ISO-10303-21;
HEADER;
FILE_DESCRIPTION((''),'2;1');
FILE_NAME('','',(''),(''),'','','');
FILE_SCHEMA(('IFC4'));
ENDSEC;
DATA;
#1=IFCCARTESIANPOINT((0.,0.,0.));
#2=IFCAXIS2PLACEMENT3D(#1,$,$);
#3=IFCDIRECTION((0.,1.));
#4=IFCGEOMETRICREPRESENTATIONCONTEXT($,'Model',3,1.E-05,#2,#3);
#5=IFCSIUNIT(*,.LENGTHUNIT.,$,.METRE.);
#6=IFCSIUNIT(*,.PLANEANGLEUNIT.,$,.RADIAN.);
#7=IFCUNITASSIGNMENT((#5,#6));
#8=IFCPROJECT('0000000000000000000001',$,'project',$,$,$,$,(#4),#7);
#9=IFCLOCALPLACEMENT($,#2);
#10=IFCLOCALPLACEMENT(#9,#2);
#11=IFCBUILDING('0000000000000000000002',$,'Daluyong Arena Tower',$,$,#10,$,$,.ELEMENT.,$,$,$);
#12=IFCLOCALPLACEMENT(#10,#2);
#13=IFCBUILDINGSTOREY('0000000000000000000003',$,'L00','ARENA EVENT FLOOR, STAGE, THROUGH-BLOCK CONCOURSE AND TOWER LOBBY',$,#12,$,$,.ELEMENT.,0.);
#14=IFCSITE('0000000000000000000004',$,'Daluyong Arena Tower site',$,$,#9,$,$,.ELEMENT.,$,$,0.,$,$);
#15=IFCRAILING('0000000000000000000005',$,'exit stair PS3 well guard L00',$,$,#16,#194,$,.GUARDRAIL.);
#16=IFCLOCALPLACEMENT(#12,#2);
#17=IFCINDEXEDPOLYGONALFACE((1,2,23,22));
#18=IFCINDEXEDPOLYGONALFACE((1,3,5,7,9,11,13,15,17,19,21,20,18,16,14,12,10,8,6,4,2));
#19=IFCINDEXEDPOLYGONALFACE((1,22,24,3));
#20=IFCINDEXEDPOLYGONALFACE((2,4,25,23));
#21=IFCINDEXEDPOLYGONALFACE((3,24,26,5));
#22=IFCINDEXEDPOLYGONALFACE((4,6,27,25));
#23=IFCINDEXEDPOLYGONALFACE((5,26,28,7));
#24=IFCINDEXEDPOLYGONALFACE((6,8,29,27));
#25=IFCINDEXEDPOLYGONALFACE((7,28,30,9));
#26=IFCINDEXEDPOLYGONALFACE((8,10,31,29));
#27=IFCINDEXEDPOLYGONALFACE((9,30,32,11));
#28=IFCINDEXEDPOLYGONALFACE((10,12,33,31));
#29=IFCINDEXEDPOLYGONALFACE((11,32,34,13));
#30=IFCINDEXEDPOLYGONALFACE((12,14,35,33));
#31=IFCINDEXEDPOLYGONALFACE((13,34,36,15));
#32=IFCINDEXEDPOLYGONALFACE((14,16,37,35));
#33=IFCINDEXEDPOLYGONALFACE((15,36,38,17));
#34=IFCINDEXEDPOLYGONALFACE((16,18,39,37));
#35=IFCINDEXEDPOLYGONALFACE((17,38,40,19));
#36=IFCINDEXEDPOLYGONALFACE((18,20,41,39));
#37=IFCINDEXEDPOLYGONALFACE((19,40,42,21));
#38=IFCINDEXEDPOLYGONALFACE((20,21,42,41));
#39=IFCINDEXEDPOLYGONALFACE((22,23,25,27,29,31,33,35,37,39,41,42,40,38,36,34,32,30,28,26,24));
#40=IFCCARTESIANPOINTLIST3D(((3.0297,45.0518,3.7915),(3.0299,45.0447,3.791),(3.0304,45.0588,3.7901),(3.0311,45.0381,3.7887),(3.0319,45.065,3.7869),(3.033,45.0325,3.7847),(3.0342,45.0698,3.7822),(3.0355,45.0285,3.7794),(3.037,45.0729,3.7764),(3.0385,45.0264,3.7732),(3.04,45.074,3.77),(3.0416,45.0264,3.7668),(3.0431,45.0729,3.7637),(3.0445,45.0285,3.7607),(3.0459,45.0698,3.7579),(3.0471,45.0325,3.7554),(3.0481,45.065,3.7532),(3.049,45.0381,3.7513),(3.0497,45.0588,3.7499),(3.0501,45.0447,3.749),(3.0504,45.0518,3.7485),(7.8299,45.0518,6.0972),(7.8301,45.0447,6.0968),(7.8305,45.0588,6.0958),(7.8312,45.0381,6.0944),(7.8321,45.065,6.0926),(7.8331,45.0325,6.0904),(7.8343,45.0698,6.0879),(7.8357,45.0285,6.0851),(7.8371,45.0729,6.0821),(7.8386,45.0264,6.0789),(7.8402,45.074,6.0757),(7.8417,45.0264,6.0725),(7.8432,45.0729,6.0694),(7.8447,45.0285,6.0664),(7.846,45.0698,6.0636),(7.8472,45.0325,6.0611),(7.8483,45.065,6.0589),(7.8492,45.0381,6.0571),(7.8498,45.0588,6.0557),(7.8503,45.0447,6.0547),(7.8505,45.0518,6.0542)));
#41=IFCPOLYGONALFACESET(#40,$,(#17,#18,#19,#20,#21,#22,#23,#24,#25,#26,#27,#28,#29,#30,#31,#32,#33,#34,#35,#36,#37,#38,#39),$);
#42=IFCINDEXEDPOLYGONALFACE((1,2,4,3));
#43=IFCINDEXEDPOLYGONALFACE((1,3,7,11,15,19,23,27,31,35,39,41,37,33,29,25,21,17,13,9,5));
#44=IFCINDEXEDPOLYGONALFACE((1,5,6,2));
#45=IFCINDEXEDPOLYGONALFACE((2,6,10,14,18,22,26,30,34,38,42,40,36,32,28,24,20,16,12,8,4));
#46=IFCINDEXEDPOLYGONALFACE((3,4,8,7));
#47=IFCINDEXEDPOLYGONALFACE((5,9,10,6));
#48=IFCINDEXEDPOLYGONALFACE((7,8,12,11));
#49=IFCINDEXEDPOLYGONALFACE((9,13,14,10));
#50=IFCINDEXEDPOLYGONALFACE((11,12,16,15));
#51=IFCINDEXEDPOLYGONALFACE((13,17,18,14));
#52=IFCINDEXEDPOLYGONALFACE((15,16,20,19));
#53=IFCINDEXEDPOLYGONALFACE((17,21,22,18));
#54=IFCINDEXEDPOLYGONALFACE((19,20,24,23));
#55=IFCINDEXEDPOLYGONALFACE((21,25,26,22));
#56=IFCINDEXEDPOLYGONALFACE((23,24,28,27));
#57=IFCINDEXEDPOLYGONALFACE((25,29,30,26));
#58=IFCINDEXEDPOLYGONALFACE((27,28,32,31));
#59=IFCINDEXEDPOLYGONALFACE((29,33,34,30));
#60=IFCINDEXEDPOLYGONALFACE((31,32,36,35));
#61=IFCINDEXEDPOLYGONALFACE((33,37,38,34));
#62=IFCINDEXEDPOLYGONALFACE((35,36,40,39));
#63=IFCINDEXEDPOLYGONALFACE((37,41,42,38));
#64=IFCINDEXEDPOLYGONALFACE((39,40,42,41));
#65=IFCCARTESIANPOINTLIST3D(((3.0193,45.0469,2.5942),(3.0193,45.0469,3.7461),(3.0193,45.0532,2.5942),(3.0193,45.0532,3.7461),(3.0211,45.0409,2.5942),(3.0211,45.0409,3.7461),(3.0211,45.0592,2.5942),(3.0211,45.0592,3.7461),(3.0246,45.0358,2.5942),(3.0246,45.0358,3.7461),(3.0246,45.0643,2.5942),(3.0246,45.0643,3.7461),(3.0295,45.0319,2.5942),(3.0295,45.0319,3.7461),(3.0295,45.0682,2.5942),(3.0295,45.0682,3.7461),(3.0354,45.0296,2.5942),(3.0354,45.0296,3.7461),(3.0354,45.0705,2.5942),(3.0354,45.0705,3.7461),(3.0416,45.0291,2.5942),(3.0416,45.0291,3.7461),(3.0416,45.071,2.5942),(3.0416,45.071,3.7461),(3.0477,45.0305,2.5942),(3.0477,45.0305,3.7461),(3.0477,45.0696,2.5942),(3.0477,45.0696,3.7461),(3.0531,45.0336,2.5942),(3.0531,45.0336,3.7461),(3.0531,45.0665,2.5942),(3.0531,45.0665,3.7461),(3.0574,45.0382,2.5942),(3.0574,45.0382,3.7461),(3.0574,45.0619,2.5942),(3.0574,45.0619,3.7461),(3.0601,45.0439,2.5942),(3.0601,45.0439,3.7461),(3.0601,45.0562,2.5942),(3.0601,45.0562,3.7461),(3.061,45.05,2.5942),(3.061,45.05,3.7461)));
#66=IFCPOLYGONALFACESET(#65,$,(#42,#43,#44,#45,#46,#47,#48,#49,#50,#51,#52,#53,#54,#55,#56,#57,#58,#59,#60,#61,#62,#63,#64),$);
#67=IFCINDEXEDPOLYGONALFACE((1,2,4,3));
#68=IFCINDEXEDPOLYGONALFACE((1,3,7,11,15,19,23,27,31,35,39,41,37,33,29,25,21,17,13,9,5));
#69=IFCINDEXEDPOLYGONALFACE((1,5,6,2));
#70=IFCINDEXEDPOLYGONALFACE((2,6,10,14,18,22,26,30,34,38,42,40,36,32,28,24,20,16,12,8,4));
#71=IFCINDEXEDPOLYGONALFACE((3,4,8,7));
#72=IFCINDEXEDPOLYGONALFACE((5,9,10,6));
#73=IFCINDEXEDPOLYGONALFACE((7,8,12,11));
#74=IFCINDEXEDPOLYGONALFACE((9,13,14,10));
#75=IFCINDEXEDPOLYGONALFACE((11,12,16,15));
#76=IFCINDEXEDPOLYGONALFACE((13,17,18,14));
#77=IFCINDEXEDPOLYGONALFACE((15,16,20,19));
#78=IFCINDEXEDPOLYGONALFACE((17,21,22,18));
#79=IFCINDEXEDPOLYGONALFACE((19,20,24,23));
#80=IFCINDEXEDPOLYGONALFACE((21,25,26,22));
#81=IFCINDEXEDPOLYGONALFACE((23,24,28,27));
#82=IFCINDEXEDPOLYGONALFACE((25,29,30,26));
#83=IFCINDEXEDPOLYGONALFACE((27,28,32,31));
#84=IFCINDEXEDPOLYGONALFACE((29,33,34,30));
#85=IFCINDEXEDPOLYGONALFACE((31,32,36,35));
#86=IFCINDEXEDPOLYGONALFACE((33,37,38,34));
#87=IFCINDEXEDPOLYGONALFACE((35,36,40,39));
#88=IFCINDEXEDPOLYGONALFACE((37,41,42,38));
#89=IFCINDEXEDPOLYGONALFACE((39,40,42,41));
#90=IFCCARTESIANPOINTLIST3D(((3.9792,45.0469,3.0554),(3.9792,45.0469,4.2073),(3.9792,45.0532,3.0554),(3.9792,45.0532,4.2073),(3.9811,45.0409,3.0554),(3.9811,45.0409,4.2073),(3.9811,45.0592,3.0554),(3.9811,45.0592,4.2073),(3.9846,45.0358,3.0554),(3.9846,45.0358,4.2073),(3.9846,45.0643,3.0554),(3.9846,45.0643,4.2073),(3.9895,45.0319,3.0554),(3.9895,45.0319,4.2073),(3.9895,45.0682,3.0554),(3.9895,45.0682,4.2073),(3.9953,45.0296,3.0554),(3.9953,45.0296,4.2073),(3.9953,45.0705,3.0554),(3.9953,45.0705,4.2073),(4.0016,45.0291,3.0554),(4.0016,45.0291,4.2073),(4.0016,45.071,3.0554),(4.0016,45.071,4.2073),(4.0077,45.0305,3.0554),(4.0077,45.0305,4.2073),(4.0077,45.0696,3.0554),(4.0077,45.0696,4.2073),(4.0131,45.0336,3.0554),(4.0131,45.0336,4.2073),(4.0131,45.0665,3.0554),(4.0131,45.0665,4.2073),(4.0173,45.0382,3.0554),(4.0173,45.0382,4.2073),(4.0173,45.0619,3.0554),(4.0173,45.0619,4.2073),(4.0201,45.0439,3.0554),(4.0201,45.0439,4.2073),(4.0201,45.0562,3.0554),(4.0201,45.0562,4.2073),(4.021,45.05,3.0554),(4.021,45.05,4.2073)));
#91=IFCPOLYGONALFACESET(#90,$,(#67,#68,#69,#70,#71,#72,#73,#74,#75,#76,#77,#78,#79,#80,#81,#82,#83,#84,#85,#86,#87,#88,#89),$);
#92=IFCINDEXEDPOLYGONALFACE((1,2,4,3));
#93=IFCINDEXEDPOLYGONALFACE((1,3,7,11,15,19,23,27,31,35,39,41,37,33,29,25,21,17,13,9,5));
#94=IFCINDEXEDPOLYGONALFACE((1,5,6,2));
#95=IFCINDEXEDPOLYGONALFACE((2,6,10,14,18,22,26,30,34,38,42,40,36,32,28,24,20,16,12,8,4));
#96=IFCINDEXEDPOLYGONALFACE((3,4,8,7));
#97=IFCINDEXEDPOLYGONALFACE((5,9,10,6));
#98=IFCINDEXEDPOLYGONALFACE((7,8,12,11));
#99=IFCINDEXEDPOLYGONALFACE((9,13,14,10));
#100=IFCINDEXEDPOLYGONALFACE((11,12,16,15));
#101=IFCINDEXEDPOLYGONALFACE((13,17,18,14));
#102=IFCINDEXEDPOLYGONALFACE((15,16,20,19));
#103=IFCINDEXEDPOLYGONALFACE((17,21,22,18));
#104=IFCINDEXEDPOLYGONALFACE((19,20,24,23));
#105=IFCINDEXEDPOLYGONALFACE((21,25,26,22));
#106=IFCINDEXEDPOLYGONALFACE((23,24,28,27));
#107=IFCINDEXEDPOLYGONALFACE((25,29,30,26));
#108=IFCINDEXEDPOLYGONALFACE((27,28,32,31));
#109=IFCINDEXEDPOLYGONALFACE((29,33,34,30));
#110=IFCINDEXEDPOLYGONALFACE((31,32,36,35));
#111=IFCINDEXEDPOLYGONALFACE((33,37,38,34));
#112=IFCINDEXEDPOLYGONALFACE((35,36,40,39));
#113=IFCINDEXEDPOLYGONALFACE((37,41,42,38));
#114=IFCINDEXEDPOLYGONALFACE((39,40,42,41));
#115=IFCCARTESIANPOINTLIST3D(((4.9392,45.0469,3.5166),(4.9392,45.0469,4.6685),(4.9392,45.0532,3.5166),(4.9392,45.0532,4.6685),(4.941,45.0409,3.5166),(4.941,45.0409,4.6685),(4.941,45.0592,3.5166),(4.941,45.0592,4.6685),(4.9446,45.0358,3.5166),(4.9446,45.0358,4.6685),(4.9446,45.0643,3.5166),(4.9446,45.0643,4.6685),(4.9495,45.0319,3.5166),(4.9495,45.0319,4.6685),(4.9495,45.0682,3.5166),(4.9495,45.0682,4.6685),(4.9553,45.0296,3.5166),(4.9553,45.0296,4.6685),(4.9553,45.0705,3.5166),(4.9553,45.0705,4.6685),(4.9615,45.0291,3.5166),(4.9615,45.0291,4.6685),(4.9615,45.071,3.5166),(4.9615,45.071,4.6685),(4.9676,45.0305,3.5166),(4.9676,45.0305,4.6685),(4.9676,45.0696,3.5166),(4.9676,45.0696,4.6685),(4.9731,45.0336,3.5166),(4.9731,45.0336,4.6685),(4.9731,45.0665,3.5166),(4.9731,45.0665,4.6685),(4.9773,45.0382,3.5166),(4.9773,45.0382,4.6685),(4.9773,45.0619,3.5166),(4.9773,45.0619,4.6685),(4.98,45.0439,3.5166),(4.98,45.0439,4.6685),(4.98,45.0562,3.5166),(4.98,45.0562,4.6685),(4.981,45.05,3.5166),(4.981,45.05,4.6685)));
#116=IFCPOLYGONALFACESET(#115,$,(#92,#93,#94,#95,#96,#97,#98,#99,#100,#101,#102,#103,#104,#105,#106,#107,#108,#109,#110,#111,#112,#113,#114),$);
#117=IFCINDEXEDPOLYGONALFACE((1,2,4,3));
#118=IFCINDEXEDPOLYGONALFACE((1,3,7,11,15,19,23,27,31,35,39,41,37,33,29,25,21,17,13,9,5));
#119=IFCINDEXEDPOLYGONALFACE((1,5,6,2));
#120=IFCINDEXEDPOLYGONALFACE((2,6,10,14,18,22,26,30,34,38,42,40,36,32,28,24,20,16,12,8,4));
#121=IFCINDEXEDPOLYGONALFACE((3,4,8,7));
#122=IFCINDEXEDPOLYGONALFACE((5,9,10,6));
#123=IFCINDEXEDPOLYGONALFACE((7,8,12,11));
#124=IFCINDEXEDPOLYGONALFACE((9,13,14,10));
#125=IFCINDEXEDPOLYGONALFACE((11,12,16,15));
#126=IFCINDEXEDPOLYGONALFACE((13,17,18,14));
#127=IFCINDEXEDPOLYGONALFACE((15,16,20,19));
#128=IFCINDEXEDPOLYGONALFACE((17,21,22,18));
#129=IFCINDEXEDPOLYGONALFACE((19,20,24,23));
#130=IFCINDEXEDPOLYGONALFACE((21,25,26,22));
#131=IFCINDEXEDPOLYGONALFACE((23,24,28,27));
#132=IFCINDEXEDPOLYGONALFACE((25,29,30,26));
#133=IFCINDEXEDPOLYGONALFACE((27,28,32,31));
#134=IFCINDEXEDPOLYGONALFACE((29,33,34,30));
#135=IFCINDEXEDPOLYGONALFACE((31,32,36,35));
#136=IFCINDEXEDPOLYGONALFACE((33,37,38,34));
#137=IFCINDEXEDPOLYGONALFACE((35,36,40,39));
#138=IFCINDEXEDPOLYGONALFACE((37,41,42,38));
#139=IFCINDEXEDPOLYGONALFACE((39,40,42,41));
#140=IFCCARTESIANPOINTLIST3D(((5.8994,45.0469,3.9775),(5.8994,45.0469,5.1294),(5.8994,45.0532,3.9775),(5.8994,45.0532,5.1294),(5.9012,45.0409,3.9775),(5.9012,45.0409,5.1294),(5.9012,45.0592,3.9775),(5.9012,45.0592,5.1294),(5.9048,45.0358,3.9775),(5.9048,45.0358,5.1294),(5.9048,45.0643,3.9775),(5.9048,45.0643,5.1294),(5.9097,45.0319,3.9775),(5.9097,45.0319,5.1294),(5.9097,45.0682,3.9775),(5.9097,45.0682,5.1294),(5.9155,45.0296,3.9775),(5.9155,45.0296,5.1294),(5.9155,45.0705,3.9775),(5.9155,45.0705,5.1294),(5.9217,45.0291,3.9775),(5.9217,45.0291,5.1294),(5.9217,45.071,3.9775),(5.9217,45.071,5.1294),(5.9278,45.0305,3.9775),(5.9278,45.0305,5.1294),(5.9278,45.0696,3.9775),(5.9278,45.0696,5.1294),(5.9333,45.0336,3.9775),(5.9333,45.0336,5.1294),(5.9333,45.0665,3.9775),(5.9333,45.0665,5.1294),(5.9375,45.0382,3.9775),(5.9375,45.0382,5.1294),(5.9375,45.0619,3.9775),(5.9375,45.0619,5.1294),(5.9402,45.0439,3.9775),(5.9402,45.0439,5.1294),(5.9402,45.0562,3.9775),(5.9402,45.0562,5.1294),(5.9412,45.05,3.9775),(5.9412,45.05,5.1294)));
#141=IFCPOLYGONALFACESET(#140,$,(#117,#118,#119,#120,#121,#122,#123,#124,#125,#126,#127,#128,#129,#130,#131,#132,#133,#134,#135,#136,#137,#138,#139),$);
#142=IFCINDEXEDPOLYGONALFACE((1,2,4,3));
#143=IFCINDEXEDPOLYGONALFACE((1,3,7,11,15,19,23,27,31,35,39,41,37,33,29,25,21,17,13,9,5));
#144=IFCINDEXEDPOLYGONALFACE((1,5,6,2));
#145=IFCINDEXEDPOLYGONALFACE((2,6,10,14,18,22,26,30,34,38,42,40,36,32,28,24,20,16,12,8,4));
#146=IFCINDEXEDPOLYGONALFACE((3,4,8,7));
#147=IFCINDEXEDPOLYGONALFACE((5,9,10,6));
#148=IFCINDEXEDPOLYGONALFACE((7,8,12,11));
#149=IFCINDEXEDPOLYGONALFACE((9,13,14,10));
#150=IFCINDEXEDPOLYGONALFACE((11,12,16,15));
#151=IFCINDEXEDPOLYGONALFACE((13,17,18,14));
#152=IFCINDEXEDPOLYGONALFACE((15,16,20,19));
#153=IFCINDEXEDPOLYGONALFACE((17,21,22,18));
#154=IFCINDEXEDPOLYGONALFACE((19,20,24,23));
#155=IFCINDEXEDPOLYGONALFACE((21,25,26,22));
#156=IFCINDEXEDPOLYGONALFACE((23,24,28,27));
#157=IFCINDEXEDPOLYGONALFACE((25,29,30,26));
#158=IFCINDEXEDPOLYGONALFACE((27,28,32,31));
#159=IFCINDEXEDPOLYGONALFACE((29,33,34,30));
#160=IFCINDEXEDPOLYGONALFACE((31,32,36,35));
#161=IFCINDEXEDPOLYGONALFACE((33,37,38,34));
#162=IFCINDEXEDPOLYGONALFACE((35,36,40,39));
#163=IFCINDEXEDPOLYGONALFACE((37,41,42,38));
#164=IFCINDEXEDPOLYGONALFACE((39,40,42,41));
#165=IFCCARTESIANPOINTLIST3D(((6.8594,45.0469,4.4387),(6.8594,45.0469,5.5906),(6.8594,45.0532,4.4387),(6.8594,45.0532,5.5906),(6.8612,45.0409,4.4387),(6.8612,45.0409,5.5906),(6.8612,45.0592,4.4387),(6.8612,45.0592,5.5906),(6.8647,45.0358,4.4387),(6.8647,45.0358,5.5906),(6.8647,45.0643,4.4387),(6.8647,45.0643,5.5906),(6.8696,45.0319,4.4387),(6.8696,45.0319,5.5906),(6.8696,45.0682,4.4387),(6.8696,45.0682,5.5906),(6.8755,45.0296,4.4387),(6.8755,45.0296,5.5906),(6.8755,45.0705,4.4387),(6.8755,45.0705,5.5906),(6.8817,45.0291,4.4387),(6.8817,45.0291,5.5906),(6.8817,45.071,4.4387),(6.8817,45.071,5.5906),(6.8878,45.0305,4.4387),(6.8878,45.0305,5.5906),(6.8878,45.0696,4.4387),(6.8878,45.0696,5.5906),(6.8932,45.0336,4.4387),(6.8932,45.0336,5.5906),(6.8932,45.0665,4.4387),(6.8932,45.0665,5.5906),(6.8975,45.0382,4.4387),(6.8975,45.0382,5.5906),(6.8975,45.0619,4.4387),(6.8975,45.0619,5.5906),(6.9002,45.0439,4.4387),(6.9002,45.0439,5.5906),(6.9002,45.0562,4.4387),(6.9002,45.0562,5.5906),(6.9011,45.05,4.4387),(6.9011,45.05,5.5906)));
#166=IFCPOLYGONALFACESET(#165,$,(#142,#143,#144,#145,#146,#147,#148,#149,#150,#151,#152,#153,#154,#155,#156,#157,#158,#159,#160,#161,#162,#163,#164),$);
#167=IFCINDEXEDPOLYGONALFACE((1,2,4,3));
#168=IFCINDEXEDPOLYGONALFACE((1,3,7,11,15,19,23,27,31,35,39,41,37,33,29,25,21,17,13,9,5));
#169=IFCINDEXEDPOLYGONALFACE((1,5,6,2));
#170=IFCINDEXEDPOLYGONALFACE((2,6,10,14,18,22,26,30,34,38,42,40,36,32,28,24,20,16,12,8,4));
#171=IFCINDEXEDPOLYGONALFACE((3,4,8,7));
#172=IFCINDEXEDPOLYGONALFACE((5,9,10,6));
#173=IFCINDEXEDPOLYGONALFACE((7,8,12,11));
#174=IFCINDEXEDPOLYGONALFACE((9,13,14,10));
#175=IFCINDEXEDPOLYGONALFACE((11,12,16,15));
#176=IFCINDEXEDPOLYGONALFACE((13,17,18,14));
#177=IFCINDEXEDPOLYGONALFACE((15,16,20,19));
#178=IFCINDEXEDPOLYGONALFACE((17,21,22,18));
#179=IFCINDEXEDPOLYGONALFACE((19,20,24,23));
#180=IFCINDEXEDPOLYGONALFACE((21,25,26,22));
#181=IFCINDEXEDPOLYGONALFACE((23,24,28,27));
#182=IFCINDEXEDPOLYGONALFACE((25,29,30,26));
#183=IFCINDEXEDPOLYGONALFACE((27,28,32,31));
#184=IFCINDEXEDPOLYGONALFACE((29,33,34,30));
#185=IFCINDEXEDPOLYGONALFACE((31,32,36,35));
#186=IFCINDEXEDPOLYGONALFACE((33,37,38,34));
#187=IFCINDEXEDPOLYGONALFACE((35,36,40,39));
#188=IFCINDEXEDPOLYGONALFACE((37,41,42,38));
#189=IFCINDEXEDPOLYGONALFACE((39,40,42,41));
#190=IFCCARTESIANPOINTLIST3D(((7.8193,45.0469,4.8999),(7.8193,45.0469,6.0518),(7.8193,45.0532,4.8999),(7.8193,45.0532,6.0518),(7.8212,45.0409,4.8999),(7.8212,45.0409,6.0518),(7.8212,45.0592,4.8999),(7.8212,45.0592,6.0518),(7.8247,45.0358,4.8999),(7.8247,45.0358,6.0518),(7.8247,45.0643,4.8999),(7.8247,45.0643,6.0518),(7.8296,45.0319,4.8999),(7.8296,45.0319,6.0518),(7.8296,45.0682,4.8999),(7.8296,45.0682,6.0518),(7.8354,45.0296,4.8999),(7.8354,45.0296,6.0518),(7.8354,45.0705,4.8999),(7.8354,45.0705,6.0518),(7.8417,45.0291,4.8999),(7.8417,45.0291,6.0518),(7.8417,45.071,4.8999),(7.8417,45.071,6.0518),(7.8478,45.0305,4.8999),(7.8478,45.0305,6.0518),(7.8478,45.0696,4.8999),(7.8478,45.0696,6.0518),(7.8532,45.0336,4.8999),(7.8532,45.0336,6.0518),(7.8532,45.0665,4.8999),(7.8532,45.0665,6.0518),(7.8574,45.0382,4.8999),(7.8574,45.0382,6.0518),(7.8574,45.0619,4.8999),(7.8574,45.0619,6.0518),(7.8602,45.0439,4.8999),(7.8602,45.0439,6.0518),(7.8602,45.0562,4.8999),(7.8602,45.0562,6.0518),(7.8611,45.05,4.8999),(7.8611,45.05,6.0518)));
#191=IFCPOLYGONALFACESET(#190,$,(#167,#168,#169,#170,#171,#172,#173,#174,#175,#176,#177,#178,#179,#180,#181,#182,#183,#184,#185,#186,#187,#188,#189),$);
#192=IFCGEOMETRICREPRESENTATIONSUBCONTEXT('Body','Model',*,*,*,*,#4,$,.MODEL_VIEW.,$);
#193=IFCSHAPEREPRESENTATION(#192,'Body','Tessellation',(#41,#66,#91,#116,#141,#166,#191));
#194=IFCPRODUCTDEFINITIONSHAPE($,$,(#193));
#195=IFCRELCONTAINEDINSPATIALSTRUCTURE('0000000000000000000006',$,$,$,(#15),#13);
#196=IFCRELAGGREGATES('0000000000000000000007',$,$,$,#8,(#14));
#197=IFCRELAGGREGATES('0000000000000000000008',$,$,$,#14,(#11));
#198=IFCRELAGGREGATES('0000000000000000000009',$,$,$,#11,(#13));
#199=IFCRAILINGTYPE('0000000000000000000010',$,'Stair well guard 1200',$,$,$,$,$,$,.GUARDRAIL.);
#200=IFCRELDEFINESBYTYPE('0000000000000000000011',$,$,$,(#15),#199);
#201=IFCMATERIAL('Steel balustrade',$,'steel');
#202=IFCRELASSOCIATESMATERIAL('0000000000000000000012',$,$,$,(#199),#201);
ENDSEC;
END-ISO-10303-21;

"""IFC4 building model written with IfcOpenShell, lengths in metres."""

from ifc_helpers import new_model, si_unit, direction, frame, origin, origin_2d, place, context, subcontext, project, spatial, circle, extrude, material, type_object, element, save


model = new_model("IFC4")

# Units and contexts
model_context = context("Model", 3, precision=1e-05, world=origin(), true_north=direction((0.0, 1.0)))
body_context = subcontext(model_context, "Body", "Model", "MODEL_VIEW")
ifc_project = project(units=[si_unit("LENGTHUNIT", "METRE"), si_unit("PLANEANGLEUNIT", "RADIAN")], contexts=[model_context])

# Site, building, storey
site_placement = place(None, origin())
site = spatial("IfcSite", under=ifc_project, at=site_placement, Name="Daluyong Arena Tower site", CompositionType="ELEMENT", RefElevation=0.0)
building_placement = place(site_placement, origin())
building = spatial("IfcBuilding", under=site, at=building_placement, Name="Daluyong Arena Tower", CompositionType="ELEMENT")
storey_placement = place(building_placement, origin())
storey = spatial("IfcBuildingStorey", under=building, at=storey_placement, Name="L00", Description="ARENA EVENT FLOOR, STAGE, THROUGH-BLOCK CONCOURSE AND TOWER LOBBY", CompositionType="ELEMENT", Elevation=0.0)

# Railing
ifc_material_1 = material(Name="Steel balustrade", Category="steel")
railing_type_1 = type_object("IfcRailingType", Name="Stair well guard 1200", PredefinedType="GUARDRAIL", material=ifc_material_1)
railing_1_placement = place(storey_placement, frame((3.04, 45.05, 2.5942)))
element("IfcRailing", 1, at=railing_1_placement, inside=storey, type_object=railing_type_1, Name="exit stair PS3 well guard L00", PredefinedType="GUARDRAIL", context=body_context, shape_type="SweptSolid", body=[
    extrude(circle(Radius=0.0239, at=origin_2d()), frame((0.0, 0.0, 1.1758), z_axis=(0.901403, 0.0, 0.432981), x_axis=(0.0, 1.0, 0.0)), (0.0, 0.0, 1.0), 5.3252),
    extrude(circle(Radius=0.021, at=origin_2d()), origin(), (0.0, 0.0, 1.0), 1.1519),
    extrude(circle(Radius=0.021, at=origin_2d()), frame((0.96, 0.0, 0.4612)), (0.0, 0.0, 1.0), 1.1519),
    extrude(circle(Radius=0.021, at=origin_2d()), frame((1.9199, 0.0, 0.9224)), (0.0, 0.0, 1.0), 1.1519),
    extrude(circle(Radius=0.021, at=origin_2d()), frame((2.8801, 0.0, 1.3833)), (0.0, 0.0, 1.0), 1.1519),
    extrude(circle(Radius=0.021, at=origin_2d()), frame((3.8401, 0.0, 1.8445)), (0.0, 0.0, 1.0), 1.1519),
    extrude(circle(Radius=0.021, at=origin_2d()), frame((4.8, 0.0, 2.3057)), (0.0, 0.0, 1.0), 1.1519),
])

save(model, "model.ifc")
